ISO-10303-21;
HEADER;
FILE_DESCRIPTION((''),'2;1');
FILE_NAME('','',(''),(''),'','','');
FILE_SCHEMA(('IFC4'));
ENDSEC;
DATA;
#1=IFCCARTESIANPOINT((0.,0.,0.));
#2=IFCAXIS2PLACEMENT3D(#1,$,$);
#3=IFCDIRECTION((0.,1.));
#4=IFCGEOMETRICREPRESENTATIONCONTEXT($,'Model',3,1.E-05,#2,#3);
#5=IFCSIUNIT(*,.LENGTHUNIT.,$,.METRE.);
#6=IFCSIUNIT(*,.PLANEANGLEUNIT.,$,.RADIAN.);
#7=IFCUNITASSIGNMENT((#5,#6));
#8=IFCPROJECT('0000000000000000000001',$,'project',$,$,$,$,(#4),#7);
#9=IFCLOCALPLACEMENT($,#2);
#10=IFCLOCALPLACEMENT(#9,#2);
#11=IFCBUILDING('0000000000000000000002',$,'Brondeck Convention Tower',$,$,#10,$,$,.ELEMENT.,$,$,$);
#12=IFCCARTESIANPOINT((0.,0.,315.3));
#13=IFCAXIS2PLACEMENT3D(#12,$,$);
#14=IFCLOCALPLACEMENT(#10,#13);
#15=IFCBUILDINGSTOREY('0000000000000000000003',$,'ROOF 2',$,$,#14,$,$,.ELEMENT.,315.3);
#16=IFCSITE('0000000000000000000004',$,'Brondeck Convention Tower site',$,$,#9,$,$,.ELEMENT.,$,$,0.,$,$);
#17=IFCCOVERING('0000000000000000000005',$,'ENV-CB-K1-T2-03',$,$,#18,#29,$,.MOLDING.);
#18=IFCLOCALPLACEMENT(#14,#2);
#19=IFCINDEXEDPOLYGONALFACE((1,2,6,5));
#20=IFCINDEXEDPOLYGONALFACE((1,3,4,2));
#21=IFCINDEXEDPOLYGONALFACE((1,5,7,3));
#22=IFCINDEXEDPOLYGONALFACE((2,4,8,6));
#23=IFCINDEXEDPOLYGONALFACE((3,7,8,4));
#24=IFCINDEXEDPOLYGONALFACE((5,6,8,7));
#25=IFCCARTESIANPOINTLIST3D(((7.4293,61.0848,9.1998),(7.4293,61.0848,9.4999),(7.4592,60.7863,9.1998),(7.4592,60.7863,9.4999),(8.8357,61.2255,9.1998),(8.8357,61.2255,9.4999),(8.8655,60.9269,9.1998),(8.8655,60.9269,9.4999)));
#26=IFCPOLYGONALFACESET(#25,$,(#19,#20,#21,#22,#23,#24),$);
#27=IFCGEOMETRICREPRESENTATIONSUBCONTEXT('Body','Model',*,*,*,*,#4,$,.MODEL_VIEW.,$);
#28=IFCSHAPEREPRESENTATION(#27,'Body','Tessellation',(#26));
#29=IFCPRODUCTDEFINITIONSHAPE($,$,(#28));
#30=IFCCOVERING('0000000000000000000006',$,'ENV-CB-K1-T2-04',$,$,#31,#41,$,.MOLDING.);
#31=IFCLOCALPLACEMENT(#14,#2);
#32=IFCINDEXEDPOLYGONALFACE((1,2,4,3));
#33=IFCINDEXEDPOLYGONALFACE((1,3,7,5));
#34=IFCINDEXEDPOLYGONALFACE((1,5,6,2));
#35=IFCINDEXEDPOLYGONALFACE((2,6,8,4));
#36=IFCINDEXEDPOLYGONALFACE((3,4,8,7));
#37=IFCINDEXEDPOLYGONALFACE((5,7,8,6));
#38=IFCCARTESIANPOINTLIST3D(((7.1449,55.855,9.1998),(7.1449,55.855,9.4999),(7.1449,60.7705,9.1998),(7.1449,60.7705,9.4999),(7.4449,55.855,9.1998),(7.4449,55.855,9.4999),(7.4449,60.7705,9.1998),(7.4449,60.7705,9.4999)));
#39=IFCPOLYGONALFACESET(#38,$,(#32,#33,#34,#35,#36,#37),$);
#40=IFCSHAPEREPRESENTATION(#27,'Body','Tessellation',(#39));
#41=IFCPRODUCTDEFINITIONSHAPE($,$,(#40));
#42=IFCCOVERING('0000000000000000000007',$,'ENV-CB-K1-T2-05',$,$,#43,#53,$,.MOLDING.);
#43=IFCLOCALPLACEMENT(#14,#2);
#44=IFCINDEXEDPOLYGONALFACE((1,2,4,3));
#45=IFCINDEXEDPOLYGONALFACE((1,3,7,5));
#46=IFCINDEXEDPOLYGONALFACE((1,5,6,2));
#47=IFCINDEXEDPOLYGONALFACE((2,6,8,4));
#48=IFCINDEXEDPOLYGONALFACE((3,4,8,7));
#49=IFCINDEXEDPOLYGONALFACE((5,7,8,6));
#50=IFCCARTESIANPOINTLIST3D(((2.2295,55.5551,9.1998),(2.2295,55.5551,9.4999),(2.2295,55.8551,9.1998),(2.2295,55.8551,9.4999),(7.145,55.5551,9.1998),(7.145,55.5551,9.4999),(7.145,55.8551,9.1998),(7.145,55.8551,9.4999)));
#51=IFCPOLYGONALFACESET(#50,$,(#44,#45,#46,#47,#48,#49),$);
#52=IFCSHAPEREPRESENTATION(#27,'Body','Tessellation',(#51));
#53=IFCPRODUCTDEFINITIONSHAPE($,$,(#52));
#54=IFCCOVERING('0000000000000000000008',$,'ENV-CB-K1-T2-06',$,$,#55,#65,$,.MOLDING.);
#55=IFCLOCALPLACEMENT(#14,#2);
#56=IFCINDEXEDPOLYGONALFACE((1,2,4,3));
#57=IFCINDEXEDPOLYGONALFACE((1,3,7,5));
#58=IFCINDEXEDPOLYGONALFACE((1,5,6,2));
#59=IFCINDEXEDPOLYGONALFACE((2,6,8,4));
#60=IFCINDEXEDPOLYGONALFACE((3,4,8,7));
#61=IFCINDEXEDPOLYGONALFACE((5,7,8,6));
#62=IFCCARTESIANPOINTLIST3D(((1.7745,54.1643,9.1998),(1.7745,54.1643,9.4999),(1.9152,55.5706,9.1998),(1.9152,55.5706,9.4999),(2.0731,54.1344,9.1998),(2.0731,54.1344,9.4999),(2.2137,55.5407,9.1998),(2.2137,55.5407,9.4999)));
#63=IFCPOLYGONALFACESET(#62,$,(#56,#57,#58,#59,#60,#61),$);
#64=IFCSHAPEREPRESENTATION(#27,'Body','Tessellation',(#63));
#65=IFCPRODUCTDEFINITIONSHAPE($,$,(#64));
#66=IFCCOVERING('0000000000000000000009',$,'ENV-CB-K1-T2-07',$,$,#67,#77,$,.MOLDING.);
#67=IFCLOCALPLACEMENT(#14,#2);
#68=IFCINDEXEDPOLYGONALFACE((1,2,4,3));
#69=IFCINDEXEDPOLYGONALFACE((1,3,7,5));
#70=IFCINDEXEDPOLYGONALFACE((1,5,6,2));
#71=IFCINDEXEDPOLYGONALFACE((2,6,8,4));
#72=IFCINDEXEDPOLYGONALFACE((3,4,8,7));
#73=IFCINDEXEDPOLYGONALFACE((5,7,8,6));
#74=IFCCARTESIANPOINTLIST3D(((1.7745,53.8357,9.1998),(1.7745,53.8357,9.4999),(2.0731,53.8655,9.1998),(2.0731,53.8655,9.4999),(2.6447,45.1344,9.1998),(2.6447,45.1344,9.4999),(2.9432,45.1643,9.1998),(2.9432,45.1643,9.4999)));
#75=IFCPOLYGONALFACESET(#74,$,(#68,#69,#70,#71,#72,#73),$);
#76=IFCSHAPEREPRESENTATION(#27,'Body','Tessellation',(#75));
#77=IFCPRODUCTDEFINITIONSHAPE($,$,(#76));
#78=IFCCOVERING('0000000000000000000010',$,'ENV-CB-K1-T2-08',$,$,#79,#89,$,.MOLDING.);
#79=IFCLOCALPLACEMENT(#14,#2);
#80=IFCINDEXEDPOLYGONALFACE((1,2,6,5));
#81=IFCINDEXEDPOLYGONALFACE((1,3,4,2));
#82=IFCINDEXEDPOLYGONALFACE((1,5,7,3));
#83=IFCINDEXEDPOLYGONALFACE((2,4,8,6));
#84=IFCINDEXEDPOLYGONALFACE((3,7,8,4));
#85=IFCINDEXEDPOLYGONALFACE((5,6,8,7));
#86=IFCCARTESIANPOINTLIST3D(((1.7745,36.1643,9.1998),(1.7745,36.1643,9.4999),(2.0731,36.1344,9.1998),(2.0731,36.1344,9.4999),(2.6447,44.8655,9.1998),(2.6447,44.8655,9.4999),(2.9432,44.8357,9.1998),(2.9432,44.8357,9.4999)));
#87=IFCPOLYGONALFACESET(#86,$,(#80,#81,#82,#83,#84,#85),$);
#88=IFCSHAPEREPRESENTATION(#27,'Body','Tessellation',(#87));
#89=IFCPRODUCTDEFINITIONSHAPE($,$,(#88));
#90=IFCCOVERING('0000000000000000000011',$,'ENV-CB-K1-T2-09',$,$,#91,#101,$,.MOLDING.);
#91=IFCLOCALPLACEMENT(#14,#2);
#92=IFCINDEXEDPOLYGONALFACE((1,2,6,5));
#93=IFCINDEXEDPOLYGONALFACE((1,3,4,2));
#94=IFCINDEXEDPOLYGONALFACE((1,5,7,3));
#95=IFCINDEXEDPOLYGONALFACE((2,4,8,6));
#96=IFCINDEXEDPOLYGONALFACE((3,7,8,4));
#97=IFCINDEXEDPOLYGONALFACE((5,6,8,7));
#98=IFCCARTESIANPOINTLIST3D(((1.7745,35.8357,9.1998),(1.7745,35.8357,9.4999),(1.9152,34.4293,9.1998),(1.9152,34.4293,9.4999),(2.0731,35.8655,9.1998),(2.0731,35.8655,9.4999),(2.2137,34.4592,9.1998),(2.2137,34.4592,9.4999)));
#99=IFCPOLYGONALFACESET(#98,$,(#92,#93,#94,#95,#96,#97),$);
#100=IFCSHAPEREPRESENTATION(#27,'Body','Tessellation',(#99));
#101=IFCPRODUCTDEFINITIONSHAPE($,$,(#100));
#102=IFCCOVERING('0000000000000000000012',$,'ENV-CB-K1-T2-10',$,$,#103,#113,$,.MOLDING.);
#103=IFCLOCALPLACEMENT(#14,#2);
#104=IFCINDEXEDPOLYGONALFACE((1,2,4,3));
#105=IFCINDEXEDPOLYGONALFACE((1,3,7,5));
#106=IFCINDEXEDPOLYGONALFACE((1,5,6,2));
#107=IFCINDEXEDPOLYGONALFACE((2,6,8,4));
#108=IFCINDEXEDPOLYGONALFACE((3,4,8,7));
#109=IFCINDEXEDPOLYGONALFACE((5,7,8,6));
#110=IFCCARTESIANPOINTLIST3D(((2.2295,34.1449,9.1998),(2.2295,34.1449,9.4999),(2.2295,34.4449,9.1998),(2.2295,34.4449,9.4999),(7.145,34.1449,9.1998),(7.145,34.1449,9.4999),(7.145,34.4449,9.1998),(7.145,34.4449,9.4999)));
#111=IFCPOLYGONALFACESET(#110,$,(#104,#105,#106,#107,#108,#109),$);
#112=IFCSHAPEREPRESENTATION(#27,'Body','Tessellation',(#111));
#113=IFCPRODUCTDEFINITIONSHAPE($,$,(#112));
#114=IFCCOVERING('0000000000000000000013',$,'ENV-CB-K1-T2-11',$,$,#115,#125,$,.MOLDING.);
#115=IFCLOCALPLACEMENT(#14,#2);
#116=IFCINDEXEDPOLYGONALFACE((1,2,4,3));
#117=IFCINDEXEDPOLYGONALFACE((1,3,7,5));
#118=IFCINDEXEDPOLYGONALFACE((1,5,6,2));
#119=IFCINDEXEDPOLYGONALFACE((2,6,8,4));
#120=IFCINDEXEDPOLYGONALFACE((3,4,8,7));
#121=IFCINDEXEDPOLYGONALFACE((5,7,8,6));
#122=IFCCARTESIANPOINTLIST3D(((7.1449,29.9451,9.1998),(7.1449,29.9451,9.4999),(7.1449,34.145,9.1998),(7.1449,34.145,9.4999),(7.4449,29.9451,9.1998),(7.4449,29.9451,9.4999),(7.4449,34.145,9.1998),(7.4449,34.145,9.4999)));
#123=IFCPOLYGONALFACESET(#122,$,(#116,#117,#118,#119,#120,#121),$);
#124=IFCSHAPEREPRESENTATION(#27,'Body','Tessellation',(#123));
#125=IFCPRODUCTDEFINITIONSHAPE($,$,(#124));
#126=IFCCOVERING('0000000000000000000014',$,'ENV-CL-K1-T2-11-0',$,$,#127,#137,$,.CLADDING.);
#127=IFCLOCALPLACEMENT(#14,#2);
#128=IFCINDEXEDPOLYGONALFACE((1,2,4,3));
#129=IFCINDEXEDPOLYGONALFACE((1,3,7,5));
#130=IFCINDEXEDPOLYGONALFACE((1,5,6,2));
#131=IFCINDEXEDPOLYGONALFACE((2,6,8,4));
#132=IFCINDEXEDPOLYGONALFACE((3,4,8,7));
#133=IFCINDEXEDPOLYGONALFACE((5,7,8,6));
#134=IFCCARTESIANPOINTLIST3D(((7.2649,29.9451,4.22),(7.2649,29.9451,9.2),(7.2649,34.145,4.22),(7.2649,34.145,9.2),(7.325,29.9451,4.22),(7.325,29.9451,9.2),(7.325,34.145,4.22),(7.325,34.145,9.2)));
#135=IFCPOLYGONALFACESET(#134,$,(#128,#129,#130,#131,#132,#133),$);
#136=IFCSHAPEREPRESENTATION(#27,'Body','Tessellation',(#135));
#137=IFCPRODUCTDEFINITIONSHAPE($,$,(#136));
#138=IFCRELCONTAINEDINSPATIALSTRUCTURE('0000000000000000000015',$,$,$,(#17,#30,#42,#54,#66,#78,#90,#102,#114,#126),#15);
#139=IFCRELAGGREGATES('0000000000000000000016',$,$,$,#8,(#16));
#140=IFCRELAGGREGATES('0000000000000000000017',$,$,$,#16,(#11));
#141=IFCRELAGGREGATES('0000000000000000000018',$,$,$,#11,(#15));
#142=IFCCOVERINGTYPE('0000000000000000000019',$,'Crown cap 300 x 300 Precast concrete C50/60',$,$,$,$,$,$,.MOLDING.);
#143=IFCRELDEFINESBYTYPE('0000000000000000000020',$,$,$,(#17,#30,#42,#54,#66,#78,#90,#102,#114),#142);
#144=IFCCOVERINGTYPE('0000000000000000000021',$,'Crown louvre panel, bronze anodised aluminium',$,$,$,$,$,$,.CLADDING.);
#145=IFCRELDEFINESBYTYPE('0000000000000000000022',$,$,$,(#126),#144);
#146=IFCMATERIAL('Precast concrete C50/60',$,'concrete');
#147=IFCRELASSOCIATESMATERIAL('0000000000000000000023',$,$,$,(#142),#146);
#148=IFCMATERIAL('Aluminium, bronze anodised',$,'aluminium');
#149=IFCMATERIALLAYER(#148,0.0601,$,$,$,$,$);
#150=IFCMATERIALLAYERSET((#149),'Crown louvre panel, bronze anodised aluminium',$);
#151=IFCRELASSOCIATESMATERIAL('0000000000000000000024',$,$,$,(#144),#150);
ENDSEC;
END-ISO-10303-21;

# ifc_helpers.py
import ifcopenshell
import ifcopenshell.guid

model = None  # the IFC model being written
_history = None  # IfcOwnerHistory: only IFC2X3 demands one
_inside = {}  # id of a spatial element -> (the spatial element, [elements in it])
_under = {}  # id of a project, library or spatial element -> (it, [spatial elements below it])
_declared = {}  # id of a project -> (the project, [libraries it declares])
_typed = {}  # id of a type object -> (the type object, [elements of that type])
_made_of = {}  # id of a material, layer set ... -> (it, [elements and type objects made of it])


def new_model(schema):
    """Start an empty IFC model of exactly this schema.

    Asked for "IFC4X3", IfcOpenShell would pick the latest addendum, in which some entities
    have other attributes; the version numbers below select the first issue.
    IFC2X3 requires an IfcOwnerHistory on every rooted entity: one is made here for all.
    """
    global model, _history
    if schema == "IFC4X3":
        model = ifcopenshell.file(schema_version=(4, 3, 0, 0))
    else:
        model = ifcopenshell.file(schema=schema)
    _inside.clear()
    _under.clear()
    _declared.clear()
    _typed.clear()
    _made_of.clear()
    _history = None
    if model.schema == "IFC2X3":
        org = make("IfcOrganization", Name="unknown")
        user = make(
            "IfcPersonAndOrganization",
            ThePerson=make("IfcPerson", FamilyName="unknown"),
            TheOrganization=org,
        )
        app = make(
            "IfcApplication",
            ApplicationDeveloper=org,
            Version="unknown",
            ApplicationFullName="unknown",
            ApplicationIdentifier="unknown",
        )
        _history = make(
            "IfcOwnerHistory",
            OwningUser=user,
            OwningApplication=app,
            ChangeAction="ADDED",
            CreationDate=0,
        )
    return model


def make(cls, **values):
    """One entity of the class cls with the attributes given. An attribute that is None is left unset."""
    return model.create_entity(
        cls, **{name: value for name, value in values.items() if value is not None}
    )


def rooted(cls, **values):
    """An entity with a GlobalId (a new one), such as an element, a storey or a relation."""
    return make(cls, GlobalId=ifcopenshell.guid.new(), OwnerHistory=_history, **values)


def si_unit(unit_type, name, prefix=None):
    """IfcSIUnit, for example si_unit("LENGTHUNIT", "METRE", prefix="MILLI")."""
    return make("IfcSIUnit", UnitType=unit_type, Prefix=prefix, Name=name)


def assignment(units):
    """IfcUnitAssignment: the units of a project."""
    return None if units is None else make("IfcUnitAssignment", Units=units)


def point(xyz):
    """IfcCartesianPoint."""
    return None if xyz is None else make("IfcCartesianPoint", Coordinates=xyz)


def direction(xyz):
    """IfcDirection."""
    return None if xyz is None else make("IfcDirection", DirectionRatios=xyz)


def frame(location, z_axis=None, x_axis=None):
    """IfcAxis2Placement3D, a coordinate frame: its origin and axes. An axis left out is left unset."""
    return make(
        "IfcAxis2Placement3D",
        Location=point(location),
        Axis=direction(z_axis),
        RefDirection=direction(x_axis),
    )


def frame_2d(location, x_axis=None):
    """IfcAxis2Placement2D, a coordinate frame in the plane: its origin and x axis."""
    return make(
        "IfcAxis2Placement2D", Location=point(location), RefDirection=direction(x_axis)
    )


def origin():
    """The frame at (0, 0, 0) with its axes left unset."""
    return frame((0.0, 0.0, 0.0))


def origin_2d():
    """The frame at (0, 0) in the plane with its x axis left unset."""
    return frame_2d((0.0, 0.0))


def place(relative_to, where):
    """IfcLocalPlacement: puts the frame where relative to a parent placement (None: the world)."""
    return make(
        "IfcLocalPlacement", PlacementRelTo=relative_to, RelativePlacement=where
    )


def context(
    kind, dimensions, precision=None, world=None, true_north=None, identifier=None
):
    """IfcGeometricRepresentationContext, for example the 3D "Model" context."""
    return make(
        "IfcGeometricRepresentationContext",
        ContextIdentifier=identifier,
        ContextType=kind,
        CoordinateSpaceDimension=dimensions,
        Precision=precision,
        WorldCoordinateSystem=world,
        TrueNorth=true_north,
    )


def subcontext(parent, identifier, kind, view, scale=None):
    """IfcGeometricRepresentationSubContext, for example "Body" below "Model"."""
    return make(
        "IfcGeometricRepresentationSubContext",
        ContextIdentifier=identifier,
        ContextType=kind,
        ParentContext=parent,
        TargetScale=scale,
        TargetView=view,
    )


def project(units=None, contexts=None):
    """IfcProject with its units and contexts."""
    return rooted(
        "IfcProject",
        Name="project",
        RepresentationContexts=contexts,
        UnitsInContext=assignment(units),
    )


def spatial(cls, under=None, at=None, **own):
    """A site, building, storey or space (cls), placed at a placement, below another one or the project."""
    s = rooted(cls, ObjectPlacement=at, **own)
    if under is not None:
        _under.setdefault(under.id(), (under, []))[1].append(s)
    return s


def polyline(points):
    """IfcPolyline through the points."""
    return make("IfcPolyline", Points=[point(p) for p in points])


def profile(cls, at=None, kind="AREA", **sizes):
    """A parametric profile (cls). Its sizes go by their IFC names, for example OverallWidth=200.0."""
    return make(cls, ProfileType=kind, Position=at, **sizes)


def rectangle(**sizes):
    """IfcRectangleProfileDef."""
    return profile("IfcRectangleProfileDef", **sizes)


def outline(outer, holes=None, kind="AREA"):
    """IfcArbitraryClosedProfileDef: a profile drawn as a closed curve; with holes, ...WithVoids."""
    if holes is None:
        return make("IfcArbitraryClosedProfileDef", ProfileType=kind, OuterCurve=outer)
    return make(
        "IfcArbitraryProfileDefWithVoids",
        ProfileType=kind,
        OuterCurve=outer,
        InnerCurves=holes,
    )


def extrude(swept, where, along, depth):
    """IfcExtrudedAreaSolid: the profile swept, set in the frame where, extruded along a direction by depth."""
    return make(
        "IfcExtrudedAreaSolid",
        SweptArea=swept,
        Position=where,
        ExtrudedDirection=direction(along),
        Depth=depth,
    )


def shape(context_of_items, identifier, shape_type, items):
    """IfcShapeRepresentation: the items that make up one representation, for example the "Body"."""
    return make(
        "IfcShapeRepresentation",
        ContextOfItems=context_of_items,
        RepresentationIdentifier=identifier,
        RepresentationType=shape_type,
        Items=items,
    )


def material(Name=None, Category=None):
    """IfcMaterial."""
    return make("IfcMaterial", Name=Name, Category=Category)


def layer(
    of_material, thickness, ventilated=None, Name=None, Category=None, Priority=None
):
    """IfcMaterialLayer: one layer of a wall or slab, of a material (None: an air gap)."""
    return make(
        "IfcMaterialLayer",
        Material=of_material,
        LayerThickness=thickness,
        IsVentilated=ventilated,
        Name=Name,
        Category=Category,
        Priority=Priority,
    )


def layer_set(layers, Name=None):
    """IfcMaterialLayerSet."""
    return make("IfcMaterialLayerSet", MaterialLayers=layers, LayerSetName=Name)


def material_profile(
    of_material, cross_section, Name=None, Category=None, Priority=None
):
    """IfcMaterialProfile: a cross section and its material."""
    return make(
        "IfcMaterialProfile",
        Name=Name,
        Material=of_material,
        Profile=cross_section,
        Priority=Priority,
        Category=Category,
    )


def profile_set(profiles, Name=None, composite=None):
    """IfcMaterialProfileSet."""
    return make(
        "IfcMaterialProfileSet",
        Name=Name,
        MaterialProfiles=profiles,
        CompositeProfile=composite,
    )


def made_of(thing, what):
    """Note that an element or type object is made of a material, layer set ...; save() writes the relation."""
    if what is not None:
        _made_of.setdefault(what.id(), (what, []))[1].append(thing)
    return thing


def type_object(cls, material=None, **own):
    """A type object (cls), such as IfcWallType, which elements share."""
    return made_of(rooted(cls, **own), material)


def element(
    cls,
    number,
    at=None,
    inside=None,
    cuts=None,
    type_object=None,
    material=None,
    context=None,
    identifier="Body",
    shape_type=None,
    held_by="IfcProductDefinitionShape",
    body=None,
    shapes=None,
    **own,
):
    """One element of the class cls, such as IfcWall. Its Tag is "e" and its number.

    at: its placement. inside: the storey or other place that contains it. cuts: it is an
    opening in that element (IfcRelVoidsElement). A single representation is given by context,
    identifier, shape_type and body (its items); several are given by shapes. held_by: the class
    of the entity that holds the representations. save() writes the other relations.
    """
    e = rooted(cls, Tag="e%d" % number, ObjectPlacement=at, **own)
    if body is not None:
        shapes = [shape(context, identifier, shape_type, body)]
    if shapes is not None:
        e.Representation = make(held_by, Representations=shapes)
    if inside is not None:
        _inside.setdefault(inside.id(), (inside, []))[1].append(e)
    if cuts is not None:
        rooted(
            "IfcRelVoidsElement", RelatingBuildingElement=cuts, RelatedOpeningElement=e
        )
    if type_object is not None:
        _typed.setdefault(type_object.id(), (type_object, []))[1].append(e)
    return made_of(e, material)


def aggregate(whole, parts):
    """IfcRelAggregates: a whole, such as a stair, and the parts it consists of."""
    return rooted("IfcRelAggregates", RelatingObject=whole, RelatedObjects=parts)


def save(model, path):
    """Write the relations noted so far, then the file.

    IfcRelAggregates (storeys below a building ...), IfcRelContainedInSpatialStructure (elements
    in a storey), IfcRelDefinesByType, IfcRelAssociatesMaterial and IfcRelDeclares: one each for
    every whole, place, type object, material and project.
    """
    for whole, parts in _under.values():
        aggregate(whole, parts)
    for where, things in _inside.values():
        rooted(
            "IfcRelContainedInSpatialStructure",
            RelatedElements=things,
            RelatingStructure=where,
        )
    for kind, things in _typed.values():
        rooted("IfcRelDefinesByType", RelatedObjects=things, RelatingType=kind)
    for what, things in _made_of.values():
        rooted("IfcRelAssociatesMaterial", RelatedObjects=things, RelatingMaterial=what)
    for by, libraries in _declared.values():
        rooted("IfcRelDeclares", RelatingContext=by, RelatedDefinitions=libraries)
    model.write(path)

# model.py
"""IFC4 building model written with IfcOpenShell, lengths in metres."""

from ifc_helpers import new_model, si_unit, direction, frame, origin, origin_2d, place, context, subcontext, project, spatial, polyline, rectangle, outline, extrude, material, layer, layer_set, material_profile, profile_set, type_object, element, save


model = new_model("IFC4")

# Units and contexts
model_context = context("Model", 3, precision=1e-05, world=origin(), true_north=direction((0.0, 1.0)))
body_context = subcontext(model_context, "Body", "Model", "MODEL_VIEW")
ifc_project = project(units=[si_unit("LENGTHUNIT", "METRE"), si_unit("PLANEANGLEUNIT", "RADIAN")], contexts=[model_context])

# Site, building, storey
site_placement = place(None, origin())
site = spatial("IfcSite", under=ifc_project, at=site_placement, Name="Brondeck Convention Tower site", CompositionType="ELEMENT", RefElevation=0.0)
building_placement = place(site_placement, origin())
building = spatial("IfcBuilding", under=site, at=building_placement, Name="Brondeck Convention Tower", CompositionType="ELEMENT")
storey_placement = place(building_placement, frame((0.0, 0.0, 315.3)))
storey = spatial("IfcBuildingStorey", under=building, at=storey_placement, Name="ROOF 2", CompositionType="ELEMENT", Elevation=315.3)

# Coverings
ifc_material_1 = material(Name="Precast concrete C50/60", Category="concrete")
ifc_material_profile = material_profile(ifc_material_1, rectangle(XDim=0.3, YDim=0.3, at=origin_2d()), Name="Crown cap 300 x 300 Precast concrete C50/60")
ifc_profile_set = profile_set([ifc_material_profile], Name="Precast concrete C50/60")
covering_type_1 = type_object("IfcCoveringType", Name="Crown cap 300 x 300 Precast concrete C50/60", PredefinedType="MOLDING", material=ifc_profile_set)
covering_1_placement = place(storey_placement, frame((8.8506, 61.0762, 9.3499), z_axis=(-0.995037, -0.099504, 0.0), x_axis=(0.099504, -0.995037, 0.0)))
element("IfcCovering", 1, at=covering_1_placement, inside=storey, type_object=covering_type_1, Name="ENV-CB-K1-T2-03", PredefinedType="MOLDING", context=body_context, shape_type="SweptSolid", body=[
    extrude(rectangle(XDim=0.3, YDim=0.3, at=origin_2d()), origin(), (0.0, 0.0, 1.0), 1.4133),
])
for number, where, z_axis, x_axis, name in (
    (2, (7.2949, 60.7705, 9.3499), (0.0, -1.0, 0.0), (1.0, 0.0, 0.0), "ENV-CB-K1-T2-04"),
    (3, (7.145, 55.7051, 9.3499), (-1.0, 0.0, 0.0), (0.0, -1.0, 0.0), "ENV-CB-K1-T2-05"),
):
    element("IfcCovering", number, at=place(storey_placement, frame(where, z_axis=z_axis, x_axis=x_axis)), inside=storey, type_object=covering_type_1, Name=name, PredefinedType="MOLDING", context=body_context, shape_type="SweptSolid", body=[
        extrude(rectangle(XDim=0.3, YDim=0.3, at=origin_2d()), origin(), (0.0, 0.0, 1.0), 4.9155),
    ])
covering_2_placement = place(storey_placement, frame((2.0645, 55.5557, 9.3499), z_axis=(-0.099504, -0.995037, 0.0), x_axis=(0.995037, -0.099504, 0.0)))
element("IfcCovering", 4, at=covering_2_placement, inside=storey, type_object=covering_type_1, Name="ENV-CB-K1-T2-06", PredefinedType="MOLDING", context=body_context, shape_type="SweptSolid", body=[
    extrude(rectangle(XDim=0.3, YDim=0.3, at=origin_2d()), origin(), (0.0, 0.0, 1.0), 1.4133),
])
for number, where, z_axis, x_axis, name in (
    (5, (1.9238, 53.8506, 9.3499), (0.099504, -0.995037, 0.0), (0.995037, 0.099504, 0.0), "ENV-CB-K1-T2-07"),
    (6, (2.7939, 44.8506, 9.3499), (-0.099504, -0.995037, 0.0), (0.995037, -0.099504, 0.0), "ENV-CB-K1-T2-08"),
):
    element("IfcCovering", number, at=place(storey_placement, frame(where, z_axis=z_axis, x_axis=x_axis)), inside=storey, type_object=covering_type_1, Name=name, PredefinedType="MOLDING", context=body_context, shape_type="SweptSolid", body=[
        extrude(rectangle(XDim=0.3, YDim=0.3, at=origin_2d()), origin(), (0.0, 0.0, 1.0), 8.7446),
    ])
covering_3_placement = place(storey_placement, frame((1.9238, 35.8506, 9.3499), z_axis=(0.099504, -0.995037, 0.0), x_axis=(0.995037, 0.099504, 0.0)))
element("IfcCovering", 7, at=covering_3_placement, inside=storey, type_object=covering_type_1, Name="ENV-CB-K1-T2-09", PredefinedType="MOLDING", context=body_context, shape_type="SweptSolid", body=[
    extrude(rectangle(XDim=0.3, YDim=0.3, at=origin_2d()), origin(), (0.0, 0.0, 1.0), 1.4133),
])
covering_4_placement = place(storey_placement, frame((2.2295, 34.2949, 9.3499), z_axis=(1.0, 0.0, 0.0), x_axis=(0.0, 1.0, 0.0)))
element("IfcCovering", 8, at=covering_4_placement, inside=storey, type_object=covering_type_1, Name="ENV-CB-K1-T2-10", PredefinedType="MOLDING", context=body_context, shape_type="SweptSolid", body=[
    extrude(rectangle(XDim=0.3, YDim=0.3, at=origin_2d()), origin(), (0.0, 0.0, 1.0), 4.9155),
])
covering_5_placement = place(storey_placement, frame((7.2949, 34.145, 9.3499), z_axis=(0.0, -1.0, 0.0), x_axis=(1.0, 0.0, 0.0)))
element("IfcCovering", 9, at=covering_5_placement, inside=storey, type_object=covering_type_1, Name="ENV-CB-K1-T2-11", PredefinedType="MOLDING", context=body_context, shape_type="SweptSolid", body=[
    extrude(rectangle(XDim=0.3, YDim=0.3, at=origin_2d()), origin(), (0.0, 0.0, 1.0), 4.2),
])
ifc_material_2 = material(Name="Aluminium, bronze anodised", Category="aluminium")
ifc_layer_1 = layer(ifc_material_2, 0.0601)
ifc_layer_set_1 = layer_set([ifc_layer_1], Name="Crown louvre panel, bronze anodised aluminium")
covering_type_2 = type_object("IfcCoveringType", Name="Crown louvre panel, bronze anodised aluminium", PredefinedType="CLADDING", material=ifc_layer_set_1)
covering_6_placement = place(storey_placement, frame((0.0, 0.0, 4.22)))
element("IfcCovering", 10, at=covering_6_placement, inside=storey, type_object=covering_type_2, Name="ENV-CL-K1-T2-11-0", PredefinedType="CLADDING", context=body_context, shape_type="SweptSolid", body=[
    extrude(outline(polyline([(7.325, 29.9451), (7.325, 34.145), (7.2649, 34.145), (7.2649, 29.9451), (7.325, 29.9451)])), origin(), (0.0, 0.0, 1.0), 4.98),
])

save(model, "model.ifc")
